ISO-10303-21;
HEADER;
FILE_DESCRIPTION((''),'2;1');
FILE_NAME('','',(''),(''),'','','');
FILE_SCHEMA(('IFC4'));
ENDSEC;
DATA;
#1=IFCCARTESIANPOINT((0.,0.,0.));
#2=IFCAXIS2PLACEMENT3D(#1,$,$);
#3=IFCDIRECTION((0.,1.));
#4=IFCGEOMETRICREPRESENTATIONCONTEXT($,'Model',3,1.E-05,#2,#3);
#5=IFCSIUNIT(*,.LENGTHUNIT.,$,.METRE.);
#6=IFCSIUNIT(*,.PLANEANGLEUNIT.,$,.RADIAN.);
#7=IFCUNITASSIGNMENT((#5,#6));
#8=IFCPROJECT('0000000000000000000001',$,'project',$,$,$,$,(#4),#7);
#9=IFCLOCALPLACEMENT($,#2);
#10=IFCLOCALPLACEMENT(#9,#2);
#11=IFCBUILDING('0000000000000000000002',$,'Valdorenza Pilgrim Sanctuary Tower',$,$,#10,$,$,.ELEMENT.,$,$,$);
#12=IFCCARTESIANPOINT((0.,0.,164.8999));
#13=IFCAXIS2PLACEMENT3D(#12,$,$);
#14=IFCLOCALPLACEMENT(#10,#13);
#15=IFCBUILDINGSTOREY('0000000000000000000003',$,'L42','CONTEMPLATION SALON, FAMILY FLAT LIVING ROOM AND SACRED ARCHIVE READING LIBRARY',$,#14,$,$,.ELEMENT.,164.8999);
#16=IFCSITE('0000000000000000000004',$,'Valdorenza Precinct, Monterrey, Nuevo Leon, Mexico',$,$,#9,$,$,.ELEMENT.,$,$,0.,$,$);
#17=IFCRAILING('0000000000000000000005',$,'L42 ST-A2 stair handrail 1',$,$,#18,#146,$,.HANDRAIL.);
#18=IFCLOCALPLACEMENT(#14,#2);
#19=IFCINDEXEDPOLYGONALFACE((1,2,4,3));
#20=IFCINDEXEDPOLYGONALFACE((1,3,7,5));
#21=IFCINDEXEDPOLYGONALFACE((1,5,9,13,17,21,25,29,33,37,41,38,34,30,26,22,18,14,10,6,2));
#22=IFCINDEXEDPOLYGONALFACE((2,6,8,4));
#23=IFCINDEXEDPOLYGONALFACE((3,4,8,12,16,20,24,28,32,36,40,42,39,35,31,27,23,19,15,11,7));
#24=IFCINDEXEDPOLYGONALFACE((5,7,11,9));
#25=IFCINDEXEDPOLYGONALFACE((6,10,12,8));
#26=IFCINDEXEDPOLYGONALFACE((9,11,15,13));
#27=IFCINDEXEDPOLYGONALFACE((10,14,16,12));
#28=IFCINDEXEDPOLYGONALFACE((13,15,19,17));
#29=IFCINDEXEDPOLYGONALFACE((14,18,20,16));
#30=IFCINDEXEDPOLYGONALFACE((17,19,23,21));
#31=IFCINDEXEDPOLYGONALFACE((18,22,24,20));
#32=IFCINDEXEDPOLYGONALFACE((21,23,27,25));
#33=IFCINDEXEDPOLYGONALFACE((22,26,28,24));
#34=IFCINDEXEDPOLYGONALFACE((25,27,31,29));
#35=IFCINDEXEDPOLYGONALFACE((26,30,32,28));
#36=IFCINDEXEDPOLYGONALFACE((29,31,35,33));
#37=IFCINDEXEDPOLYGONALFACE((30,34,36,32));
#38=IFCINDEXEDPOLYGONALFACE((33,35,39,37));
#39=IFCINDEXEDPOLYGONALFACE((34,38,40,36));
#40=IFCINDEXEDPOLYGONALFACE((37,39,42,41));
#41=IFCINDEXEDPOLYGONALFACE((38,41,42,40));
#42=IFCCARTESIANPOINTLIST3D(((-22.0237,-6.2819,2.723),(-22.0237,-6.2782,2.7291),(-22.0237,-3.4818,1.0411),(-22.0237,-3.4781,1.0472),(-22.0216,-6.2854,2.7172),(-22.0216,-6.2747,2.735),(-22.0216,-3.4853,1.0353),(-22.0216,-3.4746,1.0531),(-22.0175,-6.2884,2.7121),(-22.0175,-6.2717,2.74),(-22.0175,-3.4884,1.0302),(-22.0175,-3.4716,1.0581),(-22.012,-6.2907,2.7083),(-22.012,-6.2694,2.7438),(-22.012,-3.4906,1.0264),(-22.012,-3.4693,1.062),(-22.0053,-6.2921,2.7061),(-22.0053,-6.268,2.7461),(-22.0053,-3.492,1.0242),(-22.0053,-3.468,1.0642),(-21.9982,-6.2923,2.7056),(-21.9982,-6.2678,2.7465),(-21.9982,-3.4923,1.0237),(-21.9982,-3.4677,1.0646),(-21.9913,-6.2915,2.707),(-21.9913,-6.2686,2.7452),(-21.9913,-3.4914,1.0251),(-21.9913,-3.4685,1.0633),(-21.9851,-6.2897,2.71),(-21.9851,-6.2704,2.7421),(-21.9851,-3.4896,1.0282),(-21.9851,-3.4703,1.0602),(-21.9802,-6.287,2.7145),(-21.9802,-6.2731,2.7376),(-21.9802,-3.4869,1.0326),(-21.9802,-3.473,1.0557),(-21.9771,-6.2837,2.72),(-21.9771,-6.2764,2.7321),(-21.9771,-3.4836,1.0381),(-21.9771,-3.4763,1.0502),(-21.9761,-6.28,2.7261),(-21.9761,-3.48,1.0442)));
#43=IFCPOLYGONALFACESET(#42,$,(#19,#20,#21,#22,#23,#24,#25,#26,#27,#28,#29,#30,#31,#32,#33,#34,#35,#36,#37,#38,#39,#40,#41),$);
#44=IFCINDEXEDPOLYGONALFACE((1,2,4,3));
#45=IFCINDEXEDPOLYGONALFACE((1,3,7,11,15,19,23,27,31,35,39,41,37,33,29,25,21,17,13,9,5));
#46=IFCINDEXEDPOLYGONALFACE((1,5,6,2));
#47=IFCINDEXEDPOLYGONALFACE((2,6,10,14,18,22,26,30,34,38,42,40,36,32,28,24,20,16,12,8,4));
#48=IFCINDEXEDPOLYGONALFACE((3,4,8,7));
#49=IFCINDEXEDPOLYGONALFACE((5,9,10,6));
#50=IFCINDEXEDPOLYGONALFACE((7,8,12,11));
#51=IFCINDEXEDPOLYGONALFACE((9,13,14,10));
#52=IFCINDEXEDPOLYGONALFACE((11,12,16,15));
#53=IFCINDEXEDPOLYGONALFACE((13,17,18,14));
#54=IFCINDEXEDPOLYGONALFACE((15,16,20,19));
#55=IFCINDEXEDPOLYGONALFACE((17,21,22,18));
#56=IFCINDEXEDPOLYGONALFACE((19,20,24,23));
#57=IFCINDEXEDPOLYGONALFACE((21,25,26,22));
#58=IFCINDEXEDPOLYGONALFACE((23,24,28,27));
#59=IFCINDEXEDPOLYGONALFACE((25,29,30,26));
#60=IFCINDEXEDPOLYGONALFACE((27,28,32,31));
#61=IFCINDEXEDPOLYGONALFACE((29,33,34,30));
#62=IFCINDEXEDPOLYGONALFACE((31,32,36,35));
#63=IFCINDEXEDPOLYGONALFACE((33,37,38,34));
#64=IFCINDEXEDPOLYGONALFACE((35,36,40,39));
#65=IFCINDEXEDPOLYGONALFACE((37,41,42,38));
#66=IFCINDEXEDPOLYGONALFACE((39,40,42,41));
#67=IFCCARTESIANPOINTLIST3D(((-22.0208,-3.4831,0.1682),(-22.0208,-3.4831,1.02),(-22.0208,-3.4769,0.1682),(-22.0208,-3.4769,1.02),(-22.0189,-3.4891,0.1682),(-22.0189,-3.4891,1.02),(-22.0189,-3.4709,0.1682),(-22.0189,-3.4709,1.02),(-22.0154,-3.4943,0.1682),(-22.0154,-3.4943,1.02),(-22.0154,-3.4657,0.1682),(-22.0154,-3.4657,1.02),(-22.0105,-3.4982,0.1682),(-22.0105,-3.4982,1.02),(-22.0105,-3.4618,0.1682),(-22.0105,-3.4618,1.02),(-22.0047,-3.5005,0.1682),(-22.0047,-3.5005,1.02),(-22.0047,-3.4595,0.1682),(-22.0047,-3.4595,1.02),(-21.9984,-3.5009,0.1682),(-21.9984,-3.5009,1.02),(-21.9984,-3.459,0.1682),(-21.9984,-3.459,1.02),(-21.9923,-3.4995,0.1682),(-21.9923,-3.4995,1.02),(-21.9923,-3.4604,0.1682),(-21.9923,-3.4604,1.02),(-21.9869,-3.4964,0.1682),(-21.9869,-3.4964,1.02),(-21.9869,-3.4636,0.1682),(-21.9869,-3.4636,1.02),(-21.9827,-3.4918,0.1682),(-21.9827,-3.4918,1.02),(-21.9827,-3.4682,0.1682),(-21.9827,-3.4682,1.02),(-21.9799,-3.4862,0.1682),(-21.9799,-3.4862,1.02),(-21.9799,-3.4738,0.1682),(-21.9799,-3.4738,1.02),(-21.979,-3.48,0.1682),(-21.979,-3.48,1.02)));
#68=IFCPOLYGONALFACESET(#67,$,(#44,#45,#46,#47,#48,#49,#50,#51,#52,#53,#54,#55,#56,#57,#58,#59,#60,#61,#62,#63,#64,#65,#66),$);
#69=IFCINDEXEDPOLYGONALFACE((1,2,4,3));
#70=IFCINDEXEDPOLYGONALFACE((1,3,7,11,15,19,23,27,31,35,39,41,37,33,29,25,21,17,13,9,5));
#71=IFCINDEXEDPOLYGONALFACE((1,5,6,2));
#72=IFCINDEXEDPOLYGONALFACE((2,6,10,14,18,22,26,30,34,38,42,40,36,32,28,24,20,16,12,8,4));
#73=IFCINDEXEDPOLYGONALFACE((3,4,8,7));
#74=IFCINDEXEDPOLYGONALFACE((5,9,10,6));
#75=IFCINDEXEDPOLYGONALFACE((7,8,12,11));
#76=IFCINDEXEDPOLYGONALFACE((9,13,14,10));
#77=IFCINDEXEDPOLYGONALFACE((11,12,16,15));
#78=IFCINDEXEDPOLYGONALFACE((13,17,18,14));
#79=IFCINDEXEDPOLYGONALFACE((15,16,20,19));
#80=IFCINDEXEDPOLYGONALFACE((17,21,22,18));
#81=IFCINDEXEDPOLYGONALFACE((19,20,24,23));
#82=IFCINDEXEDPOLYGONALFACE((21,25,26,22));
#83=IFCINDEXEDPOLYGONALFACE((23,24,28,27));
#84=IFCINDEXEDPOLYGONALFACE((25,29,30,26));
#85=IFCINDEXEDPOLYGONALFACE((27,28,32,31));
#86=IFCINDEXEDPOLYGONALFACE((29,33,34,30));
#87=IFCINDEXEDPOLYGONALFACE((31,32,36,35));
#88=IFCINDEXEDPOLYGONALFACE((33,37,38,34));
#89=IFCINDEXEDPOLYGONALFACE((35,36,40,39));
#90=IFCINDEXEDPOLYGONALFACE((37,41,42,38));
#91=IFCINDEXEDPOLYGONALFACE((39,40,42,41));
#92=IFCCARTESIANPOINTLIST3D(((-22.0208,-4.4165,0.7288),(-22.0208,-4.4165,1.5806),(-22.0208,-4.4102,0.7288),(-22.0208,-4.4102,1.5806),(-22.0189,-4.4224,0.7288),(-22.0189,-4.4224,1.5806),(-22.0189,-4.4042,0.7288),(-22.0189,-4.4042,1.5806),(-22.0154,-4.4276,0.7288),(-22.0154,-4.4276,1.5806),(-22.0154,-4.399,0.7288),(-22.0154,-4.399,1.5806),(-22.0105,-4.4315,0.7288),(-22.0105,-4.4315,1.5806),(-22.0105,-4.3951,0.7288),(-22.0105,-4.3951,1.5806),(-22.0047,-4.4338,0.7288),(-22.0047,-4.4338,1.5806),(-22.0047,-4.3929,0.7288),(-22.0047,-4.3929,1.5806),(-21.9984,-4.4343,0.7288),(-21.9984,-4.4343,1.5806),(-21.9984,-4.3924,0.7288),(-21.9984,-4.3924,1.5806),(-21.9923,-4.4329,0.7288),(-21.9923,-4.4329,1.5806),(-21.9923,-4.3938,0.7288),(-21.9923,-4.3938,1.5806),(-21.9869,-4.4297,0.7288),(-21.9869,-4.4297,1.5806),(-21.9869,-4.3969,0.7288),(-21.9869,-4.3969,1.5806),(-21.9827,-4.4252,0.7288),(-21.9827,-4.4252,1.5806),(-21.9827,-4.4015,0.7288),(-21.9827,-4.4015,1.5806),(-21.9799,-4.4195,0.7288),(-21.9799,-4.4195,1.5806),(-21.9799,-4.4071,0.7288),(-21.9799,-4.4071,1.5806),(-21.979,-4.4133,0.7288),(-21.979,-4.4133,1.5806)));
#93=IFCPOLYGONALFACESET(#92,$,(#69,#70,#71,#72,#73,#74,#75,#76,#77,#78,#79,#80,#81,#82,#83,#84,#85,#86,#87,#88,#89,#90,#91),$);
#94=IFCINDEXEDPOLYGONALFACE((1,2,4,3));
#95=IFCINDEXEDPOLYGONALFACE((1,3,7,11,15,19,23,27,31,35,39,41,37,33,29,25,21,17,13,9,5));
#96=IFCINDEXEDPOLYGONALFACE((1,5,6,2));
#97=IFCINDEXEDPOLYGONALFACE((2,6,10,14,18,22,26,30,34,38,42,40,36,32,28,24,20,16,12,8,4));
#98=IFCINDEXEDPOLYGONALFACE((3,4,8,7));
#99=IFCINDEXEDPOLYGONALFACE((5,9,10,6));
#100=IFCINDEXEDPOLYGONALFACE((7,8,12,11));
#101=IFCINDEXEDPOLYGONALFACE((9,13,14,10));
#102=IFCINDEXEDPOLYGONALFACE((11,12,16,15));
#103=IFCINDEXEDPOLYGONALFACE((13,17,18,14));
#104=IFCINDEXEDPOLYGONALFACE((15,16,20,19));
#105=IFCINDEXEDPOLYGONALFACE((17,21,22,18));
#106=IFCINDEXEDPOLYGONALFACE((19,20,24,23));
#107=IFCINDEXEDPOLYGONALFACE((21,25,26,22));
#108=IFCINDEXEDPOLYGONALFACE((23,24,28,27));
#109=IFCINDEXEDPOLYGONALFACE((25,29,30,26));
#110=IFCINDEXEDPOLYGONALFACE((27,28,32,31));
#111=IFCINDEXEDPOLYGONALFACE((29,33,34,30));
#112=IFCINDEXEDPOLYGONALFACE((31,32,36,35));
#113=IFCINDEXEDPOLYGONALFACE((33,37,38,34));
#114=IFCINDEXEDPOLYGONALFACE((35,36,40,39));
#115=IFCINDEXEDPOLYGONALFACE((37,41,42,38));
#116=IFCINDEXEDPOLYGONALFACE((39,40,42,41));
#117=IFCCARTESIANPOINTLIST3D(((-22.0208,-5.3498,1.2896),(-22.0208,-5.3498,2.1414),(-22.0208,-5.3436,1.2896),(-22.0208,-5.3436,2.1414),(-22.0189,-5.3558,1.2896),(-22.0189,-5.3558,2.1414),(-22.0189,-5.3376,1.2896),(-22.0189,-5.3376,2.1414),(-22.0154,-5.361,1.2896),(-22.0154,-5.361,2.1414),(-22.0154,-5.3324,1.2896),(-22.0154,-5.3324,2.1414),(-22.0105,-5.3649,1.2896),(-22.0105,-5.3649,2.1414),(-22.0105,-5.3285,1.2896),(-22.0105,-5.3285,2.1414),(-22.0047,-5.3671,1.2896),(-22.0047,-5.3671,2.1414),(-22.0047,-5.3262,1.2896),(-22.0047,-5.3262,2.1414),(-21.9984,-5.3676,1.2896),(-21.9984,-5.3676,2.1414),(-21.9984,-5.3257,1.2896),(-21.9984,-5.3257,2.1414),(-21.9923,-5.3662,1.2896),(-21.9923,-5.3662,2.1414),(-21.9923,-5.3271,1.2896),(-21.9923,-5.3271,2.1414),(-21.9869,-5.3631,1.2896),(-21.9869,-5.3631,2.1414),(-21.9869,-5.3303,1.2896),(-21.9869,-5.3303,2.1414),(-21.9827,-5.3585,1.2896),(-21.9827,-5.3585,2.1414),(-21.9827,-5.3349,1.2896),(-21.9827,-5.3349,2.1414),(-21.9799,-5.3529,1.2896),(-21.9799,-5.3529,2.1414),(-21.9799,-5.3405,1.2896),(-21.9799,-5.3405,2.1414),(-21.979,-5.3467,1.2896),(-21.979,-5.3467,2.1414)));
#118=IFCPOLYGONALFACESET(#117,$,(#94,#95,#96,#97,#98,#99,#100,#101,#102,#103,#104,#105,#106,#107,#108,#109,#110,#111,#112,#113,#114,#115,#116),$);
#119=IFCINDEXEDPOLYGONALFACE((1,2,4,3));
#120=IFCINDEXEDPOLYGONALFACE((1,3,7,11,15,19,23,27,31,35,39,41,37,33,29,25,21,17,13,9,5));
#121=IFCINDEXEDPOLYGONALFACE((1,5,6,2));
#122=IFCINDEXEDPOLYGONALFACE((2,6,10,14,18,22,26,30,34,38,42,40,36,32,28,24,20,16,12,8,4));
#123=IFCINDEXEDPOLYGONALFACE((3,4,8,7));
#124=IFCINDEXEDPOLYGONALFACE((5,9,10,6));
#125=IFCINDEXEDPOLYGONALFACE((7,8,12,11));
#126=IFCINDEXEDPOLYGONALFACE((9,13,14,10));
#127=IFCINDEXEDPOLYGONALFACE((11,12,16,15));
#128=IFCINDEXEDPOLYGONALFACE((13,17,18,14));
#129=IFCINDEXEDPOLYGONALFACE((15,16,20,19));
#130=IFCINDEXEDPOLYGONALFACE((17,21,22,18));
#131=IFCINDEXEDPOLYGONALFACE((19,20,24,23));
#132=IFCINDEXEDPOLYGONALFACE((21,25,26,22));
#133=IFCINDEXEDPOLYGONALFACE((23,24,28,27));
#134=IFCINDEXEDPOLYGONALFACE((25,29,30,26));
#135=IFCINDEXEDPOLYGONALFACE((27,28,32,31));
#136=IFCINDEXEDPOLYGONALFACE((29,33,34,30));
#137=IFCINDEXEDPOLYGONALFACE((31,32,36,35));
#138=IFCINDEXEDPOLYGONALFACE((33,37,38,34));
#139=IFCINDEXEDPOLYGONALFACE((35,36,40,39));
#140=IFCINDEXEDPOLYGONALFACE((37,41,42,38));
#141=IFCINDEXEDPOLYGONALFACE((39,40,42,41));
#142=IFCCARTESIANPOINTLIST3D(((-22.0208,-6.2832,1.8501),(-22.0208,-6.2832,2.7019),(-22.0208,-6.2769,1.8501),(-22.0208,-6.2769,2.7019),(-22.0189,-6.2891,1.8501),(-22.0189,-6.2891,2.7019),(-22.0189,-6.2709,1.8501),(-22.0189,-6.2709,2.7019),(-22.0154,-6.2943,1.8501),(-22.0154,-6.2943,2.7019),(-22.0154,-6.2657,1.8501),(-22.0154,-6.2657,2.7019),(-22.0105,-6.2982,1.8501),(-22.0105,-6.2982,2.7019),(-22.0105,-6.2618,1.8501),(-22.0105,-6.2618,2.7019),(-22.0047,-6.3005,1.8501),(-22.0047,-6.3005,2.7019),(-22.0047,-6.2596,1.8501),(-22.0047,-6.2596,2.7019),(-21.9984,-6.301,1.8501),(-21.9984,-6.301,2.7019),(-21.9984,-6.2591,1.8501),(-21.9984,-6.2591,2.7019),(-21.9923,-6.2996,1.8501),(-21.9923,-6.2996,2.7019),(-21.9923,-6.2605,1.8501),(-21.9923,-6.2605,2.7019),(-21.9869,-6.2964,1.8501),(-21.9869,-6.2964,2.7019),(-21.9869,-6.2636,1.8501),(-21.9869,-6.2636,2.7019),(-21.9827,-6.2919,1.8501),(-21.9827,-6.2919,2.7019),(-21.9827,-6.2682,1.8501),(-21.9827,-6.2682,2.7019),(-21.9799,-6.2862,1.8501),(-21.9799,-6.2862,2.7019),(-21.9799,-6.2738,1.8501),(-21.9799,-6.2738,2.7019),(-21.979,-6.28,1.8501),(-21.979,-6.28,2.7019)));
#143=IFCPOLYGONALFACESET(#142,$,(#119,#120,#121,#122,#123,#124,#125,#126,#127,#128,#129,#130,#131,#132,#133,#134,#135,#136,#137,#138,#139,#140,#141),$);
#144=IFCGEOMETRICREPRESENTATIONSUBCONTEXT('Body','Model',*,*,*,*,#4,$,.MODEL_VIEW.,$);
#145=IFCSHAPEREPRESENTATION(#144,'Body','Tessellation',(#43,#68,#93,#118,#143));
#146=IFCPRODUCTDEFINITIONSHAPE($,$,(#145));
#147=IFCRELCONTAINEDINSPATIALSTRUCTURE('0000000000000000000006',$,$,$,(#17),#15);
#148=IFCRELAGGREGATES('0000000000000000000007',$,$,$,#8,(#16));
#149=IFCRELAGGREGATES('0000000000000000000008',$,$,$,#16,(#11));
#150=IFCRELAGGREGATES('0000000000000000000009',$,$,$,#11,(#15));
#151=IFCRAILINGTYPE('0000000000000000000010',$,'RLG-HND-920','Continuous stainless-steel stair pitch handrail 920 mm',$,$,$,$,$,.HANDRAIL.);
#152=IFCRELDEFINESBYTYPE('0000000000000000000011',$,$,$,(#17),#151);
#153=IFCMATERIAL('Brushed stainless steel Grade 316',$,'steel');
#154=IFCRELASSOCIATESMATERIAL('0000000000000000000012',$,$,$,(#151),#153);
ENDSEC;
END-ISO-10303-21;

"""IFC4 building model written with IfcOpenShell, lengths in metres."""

from ifc_helpers import new_model, si_unit, direction, frame, origin, origin_2d, place, context, subcontext, project, spatial, circle, extrude, material, type_object, element, save


model = new_model("IFC4")

# Units and contexts
model_context = context("Model", 3, precision=1e-05, world=origin(), true_north=direction((0.0, 1.0)))
body_context = subcontext(model_context, "Body", "Model", "MODEL_VIEW")
ifc_project = project(units=[si_unit("LENGTHUNIT", "METRE"), si_unit("PLANEANGLEUNIT", "RADIAN")], contexts=[model_context])

# Site, building, storey
site_placement = place(None, origin())
site = spatial("IfcSite", under=ifc_project, at=site_placement, Name="Valdorenza Precinct, Monterrey, Nuevo Leon, Mexico", CompositionType="ELEMENT", RefElevation=0.0)
building_placement = place(site_placement, origin())
building = spatial("IfcBuilding", under=site, at=building_placement, Name="Valdorenza Pilgrim Sanctuary Tower", CompositionType="ELEMENT")
storey_placement = place(building_placement, frame((0.0, 0.0, 164.8999)))
storey = spatial("IfcBuildingStorey", under=building, at=storey_placement, Name="L42", Description="CONTEMPLATION SALON, FAMILY FLAT LIVING ROOM AND SACRED ARCHIVE READING LIBRARY", CompositionType="ELEMENT", Elevation=164.8999)

# Shared definitions
ifc_material_1 = material(Name="Brushed stainless steel Grade 316", Category="steel")

# Railing
railing_type_1 = type_object("IfcRailingType", Name="RLG-HND-920", Description="Continuous stainless-steel stair pitch handrail 920 mm", PredefinedType="HANDRAIL", material=ifc_material_1)
railing_1_placement = place(storey_placement, frame((-22.0, -3.48, 0.1682)))
element("IfcRailing", 1, at=railing_1_placement, inside=storey, type_object=railing_type_1, Name="L42 ST-A2 stair handrail 1", PredefinedType="HANDRAIL", context=body_context, shape_type="SweptSolid", body=[
    extrude(circle(Radius=0.0239, at=origin_2d()), frame((0.0, 0.0, 0.876), z_axis=(0.0, -0.857242, 0.514913), x_axis=(1.0, 0.0, 0.0)), (0.0, 0.0, 1.0), 3.2664),
    extrude(circle(Radius=0.021, at=origin_2d()), origin(), (0.0, 0.0, 1.0), 0.8518),
    extrude(circle(Radius=0.021, at=origin_2d()), frame((0.0, -0.9333, 0.5605)), (0.0, 0.0, 1.0), 0.8518),
    extrude(circle(Radius=0.021, at=origin_2d()), frame((0.0, -1.8667, 1.1213)), (0.0, 0.0, 1.0), 0.8518),
    extrude(circle(Radius=0.021, at=origin_2d()), frame((0.0, -2.8, 1.6819)), (0.0, 0.0, 1.0), 0.8518),
])

save(model, "model.ifc")
